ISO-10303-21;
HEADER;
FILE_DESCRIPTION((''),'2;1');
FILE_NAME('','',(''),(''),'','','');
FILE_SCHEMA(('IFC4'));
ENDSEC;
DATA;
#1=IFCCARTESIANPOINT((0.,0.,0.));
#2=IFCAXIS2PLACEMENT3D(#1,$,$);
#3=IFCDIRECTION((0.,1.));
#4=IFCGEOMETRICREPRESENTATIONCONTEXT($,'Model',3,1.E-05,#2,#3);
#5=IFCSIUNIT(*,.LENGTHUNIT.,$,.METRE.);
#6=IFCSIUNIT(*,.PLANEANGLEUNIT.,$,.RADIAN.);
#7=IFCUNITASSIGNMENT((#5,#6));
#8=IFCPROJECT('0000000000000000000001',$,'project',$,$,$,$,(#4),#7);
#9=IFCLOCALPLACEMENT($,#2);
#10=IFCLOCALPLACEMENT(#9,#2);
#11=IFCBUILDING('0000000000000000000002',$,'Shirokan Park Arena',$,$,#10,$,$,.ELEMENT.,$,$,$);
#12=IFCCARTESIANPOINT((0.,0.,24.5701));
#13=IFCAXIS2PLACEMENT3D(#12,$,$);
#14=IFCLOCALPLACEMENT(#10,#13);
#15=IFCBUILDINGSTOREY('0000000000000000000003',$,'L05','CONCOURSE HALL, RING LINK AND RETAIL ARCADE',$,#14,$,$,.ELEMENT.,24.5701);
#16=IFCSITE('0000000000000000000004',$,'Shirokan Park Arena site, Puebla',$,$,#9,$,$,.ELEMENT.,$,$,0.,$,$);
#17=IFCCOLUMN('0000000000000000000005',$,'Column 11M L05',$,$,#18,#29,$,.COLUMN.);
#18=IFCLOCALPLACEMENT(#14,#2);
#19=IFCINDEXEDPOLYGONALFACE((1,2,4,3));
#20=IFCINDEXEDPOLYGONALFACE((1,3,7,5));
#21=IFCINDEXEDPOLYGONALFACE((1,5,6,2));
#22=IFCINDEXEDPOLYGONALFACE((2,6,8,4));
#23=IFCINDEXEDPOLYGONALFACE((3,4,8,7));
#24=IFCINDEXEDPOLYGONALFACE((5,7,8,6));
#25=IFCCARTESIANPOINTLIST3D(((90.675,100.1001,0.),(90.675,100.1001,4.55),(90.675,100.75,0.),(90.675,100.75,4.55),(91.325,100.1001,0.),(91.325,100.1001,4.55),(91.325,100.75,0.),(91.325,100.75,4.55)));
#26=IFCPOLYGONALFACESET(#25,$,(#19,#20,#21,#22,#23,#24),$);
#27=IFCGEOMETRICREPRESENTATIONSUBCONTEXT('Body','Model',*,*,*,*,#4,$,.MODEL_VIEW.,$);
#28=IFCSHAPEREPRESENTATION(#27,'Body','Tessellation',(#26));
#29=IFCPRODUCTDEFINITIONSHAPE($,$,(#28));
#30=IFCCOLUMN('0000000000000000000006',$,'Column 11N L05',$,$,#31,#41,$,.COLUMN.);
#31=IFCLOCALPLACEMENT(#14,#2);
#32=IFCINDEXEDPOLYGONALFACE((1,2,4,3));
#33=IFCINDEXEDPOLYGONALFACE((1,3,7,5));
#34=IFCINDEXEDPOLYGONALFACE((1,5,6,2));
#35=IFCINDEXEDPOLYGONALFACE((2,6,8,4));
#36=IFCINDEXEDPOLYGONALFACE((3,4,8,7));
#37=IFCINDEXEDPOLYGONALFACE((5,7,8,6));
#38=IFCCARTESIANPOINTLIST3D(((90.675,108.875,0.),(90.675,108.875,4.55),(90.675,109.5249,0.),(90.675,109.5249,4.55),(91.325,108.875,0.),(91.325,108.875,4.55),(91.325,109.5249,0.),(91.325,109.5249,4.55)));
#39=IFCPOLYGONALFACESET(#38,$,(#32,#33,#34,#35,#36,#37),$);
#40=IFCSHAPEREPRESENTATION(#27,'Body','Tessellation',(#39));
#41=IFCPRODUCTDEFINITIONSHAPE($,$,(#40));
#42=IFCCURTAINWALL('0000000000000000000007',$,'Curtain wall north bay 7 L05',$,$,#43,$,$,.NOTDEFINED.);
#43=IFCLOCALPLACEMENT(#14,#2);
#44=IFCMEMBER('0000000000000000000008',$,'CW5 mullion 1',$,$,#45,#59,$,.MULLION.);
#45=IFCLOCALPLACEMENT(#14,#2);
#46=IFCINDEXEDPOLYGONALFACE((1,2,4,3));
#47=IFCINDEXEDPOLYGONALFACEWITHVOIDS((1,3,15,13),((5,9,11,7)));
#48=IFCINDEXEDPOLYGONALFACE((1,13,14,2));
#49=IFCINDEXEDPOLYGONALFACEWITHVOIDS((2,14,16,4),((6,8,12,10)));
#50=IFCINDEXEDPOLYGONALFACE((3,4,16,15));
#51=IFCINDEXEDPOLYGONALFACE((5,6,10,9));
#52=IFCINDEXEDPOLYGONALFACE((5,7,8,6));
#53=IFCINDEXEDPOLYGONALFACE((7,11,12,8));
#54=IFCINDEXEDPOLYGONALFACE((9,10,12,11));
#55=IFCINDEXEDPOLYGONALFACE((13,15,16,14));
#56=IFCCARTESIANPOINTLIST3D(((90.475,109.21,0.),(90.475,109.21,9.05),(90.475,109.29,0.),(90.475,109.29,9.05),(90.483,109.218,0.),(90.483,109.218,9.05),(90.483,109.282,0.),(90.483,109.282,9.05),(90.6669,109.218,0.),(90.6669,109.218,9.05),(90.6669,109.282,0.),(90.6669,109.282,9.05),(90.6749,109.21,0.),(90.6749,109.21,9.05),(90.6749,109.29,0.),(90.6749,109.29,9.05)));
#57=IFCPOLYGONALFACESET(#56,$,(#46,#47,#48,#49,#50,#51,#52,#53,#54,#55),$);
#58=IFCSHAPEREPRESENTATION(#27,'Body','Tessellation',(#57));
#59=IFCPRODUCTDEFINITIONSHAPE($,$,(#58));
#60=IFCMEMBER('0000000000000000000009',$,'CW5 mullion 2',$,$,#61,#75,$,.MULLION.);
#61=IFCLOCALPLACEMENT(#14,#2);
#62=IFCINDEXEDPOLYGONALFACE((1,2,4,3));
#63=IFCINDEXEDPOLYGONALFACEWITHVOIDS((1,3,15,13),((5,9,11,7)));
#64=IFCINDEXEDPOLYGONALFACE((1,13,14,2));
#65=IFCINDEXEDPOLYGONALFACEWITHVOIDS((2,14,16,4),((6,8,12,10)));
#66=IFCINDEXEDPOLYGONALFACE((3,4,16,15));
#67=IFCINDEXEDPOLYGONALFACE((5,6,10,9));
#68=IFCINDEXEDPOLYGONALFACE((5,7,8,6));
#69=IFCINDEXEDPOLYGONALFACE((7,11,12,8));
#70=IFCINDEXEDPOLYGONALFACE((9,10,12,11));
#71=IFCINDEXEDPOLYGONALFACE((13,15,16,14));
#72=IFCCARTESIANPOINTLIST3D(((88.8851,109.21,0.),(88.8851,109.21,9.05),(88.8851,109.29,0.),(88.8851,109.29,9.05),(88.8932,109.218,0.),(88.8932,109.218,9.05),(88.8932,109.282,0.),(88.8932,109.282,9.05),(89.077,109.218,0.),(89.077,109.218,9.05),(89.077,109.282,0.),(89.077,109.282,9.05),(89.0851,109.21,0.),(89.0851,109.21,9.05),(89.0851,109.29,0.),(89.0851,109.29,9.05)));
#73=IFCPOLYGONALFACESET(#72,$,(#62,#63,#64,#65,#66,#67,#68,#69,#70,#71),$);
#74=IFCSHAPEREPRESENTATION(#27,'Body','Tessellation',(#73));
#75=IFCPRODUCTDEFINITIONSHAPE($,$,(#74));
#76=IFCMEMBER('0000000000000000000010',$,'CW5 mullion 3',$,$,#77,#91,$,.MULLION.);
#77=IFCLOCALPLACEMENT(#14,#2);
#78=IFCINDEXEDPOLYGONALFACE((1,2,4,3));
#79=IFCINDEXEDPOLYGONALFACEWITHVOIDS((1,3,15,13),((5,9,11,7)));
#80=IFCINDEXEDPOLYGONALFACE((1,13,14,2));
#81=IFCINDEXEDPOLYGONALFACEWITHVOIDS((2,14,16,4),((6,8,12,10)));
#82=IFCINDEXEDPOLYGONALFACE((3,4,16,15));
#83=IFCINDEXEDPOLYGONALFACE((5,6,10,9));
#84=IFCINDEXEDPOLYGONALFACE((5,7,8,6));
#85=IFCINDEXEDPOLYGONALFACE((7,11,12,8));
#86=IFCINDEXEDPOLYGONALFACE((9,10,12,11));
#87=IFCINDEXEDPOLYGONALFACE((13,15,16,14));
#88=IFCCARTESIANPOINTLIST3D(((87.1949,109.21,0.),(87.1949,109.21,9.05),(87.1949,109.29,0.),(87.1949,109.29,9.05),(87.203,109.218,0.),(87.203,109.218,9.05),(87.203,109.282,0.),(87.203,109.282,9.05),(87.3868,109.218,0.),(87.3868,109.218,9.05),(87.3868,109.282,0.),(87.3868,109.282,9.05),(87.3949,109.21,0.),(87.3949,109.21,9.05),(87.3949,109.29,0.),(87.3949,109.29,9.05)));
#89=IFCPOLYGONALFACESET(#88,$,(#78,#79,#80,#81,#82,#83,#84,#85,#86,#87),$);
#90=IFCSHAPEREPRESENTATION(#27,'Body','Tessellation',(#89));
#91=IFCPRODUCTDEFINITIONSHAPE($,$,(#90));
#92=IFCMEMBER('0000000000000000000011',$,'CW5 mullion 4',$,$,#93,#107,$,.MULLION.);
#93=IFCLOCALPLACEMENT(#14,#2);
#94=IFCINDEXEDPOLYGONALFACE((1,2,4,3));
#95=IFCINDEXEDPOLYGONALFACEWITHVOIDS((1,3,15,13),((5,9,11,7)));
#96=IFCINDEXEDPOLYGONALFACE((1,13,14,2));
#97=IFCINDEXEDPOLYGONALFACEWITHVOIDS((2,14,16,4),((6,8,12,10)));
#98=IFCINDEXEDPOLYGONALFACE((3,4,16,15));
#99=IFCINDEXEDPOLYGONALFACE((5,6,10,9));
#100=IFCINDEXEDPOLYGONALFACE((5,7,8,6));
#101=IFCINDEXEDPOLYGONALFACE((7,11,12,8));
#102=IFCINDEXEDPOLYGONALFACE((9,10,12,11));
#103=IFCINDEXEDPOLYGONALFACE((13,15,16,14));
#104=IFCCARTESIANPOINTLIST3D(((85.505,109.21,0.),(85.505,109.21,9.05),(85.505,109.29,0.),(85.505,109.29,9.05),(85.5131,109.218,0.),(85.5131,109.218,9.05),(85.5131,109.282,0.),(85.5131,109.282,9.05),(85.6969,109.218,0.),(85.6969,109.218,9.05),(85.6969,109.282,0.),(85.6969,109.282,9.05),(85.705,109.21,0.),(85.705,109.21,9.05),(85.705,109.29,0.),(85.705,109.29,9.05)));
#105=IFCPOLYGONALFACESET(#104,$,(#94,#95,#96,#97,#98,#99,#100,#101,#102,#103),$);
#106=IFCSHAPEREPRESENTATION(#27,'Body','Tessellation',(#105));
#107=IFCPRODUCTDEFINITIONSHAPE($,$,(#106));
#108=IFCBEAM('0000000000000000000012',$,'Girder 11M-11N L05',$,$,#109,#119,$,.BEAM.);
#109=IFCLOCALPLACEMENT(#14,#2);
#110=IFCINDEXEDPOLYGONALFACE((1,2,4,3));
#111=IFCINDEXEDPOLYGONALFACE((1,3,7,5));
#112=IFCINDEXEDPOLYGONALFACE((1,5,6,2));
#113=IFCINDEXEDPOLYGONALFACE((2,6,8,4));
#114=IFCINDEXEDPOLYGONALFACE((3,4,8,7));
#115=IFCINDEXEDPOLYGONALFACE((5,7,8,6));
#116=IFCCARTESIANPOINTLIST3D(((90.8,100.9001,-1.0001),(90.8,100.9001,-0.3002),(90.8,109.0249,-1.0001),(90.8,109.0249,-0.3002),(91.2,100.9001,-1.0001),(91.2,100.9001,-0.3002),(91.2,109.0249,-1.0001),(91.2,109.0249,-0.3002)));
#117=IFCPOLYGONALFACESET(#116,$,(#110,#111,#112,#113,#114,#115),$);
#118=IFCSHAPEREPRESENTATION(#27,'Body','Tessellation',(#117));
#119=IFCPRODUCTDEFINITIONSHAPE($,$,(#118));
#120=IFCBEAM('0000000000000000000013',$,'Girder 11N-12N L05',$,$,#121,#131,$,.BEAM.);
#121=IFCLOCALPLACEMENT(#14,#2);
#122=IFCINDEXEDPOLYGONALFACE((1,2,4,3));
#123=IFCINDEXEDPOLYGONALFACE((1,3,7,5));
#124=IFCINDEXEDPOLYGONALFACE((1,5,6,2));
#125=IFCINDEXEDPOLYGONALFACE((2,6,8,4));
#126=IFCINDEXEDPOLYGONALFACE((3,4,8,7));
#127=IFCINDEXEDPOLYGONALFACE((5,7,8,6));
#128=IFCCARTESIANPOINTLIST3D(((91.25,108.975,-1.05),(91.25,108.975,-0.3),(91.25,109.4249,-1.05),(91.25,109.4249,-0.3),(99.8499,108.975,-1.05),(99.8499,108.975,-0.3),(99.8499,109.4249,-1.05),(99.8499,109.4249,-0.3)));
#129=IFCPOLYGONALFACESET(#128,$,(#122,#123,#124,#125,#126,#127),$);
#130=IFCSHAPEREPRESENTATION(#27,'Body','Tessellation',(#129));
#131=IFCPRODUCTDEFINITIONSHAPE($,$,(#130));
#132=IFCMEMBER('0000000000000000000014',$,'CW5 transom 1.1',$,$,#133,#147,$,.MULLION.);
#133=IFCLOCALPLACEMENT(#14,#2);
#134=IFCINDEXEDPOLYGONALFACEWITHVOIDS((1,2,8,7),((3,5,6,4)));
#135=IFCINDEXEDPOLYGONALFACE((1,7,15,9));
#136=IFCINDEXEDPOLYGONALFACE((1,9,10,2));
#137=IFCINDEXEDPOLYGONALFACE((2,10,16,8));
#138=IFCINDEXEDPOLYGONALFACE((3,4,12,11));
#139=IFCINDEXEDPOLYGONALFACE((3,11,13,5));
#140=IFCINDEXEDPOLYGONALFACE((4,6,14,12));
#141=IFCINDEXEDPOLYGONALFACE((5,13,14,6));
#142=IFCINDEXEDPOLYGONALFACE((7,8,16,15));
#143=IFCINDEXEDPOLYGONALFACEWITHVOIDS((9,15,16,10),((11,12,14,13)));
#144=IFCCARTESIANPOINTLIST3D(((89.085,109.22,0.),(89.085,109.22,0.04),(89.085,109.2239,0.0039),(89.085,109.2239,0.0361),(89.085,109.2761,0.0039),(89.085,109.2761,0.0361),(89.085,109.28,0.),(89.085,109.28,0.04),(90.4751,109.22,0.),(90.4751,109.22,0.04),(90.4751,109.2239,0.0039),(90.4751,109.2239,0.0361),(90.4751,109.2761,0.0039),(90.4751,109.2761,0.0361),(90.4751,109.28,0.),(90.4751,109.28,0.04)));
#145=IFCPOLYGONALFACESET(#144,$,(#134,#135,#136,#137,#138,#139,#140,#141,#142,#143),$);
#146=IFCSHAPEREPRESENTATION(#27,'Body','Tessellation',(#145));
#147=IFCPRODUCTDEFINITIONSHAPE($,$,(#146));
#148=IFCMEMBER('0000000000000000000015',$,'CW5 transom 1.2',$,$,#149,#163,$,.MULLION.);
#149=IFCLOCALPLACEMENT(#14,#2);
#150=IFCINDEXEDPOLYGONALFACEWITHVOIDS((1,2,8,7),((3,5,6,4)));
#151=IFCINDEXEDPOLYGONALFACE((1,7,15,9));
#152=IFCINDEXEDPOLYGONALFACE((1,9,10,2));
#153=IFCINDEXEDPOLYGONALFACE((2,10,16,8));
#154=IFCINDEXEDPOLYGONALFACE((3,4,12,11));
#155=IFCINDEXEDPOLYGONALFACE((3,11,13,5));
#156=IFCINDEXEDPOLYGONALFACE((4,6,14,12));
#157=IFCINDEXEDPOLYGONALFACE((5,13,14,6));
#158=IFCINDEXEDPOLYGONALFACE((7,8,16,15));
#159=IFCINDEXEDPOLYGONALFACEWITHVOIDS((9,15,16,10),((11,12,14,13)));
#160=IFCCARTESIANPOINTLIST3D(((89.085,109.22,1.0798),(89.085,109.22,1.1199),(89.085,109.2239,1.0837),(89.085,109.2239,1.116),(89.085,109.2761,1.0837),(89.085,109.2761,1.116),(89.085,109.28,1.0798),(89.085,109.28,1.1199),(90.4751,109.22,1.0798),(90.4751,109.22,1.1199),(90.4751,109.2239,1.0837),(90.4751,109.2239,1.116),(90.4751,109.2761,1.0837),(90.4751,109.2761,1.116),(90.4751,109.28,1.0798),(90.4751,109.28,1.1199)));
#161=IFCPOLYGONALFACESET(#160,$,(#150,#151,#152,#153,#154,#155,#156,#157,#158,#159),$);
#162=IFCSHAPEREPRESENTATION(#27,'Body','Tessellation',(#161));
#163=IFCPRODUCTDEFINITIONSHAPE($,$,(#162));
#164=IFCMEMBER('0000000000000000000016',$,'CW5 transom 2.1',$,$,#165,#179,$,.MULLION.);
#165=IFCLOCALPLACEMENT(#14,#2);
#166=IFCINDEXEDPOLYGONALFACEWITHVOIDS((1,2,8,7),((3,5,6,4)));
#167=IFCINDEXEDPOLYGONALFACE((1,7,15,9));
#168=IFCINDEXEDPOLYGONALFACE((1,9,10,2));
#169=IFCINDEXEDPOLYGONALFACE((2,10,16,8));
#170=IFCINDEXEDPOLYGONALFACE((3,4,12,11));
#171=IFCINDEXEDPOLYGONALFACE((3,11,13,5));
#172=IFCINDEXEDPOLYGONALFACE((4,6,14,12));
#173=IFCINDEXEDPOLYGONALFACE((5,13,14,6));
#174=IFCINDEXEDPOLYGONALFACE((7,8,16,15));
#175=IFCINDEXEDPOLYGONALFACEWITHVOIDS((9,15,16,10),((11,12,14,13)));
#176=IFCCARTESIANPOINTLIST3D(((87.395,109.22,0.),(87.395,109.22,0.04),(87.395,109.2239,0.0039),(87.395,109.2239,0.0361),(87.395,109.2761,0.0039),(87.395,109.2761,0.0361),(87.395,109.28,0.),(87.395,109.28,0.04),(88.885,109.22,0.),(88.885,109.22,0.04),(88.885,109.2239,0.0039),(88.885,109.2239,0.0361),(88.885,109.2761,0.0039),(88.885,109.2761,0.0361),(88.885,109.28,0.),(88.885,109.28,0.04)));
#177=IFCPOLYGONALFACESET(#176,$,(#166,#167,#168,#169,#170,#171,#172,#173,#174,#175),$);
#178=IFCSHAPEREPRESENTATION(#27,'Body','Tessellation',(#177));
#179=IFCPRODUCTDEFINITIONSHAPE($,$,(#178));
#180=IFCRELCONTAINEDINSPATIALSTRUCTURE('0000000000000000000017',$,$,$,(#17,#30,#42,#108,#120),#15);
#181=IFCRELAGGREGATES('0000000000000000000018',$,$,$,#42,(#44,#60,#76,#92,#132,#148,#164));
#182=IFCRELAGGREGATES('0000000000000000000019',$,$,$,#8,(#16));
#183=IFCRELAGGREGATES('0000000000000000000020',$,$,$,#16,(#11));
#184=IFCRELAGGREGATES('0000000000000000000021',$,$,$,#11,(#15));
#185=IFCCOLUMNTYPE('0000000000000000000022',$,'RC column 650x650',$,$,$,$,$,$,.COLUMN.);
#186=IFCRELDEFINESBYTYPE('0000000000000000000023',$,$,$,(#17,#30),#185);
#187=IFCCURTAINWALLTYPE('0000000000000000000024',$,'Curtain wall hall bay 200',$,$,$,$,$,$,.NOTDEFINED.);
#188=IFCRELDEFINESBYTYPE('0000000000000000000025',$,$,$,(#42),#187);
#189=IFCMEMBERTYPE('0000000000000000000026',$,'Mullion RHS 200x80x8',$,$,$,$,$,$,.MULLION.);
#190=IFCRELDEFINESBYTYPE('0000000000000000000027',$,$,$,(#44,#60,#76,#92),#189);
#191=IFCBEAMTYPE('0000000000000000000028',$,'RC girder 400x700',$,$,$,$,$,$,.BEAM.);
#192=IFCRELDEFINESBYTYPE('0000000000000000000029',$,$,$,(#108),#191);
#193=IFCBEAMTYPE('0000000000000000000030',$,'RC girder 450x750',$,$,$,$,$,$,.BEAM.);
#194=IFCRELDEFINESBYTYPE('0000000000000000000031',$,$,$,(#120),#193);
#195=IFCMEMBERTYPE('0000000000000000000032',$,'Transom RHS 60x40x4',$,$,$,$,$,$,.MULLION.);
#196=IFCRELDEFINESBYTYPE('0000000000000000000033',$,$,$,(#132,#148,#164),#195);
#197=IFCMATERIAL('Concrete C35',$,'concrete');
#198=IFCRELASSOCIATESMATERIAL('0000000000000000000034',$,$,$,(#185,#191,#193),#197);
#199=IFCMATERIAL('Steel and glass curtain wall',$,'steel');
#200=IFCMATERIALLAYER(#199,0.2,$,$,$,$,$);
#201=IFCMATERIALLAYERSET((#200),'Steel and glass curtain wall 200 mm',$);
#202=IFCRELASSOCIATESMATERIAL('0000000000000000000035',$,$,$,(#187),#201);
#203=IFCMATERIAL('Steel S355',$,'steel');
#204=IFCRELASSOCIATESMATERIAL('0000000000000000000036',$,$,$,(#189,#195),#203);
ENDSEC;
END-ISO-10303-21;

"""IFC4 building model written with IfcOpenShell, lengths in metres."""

from ifc_helpers import new_model, si_unit, direction, frame, origin, origin_2d, place, context, subcontext, project, spatial, rectangle, hollow_rectangle, extrude, material, layer, layer_set, material_profile, profile_set, type_object, element, aggregate, save


model = new_model("IFC4")

# Units and contexts
model_context = context("Model", 3, precision=1e-05, world=origin(), true_north=direction((0.0, 1.0)))
body_context = subcontext(model_context, "Body", "Model", "MODEL_VIEW")
ifc_project = project(units=[si_unit("LENGTHUNIT", "METRE"), si_unit("PLANEANGLEUNIT", "RADIAN")], contexts=[model_context])

# Site, building, storey
site_placement = place(None, origin())
site = spatial("IfcSite", under=ifc_project, at=site_placement, Name="Shirokan Park Arena site, Puebla", CompositionType="ELEMENT", RefElevation=0.0)
building_placement = place(site_placement, origin())
building = spatial("IfcBuilding", under=site, at=building_placement, Name="Shirokan Park Arena", CompositionType="ELEMENT")
storey_placement = place(building_placement, frame((0.0, 0.0, 24.5701)))
storey = spatial("IfcBuildingStorey", under=building, at=storey_placement, Name="L05", Description="CONCOURSE HALL, RING LINK AND RETAIL ARCADE", CompositionType="ELEMENT", Elevation=24.5701)

# Columns
ifc_material_1 = material(Name="Concrete C35", Category="concrete")
ifc_material_profile_1 = material_profile(ifc_material_1, rectangle(XDim=0.6499, YDim=0.6499, at=origin_2d()), Name="650x650")
ifc_profile_set_1 = profile_set([ifc_material_profile_1], Name="Concrete C35")
column_type = type_object("IfcColumnType", Name="RC column 650x650", PredefinedType="COLUMN", material=ifc_profile_set_1)
for number, where, z_axis, x_axis, name in (
    (1, (91.0, 100.425, 0.0), (0.0, 0.0, 1.0), (1.0, 0.0, 0.0), "Column 11M L05"),
    (2, (91.0, 109.2, 0.0), (0.0, 0.0, 1.0), (1.0, 0.0, 0.0), "Column 11N L05"),
):
    element("IfcColumn", number, at=place(storey_placement, frame(where, z_axis=z_axis, x_axis=x_axis)), inside=storey, type_object=column_type, Name=name, PredefinedType="COLUMN", context=body_context, shape_type="SweptSolid", body=[
        extrude(rectangle(XDim=0.6499, YDim=0.6499, at=origin_2d()), origin(), (0.0, 0.0, 1.0), 4.55),
    ])

# Curtain wall, members
ifc_material_2 = material(Name="Steel and glass curtain wall", Category="steel")
ifc_layer_1 = layer(ifc_material_2, 0.2)
ifc_layer_set_1 = layer_set([ifc_layer_1], Name="Steel and glass curtain wall 200 mm")
curtain_wall_type = type_object("IfcCurtainWallType", Name="Curtain wall hall bay 200", PredefinedType="NOTDEFINED", material=ifc_layer_set_1)
curtain_wall_placement = place(storey_placement, origin())
curtain_wall = element("IfcCurtainWall", 3, at=curtain_wall_placement, inside=storey, type_object=curtain_wall_type, Name="Curtain wall north bay 7 L05", PredefinedType="NOTDEFINED")
ifc_material_3 = material(Name="Steel S355", Category="steel")
ifc_material_profile_2 = material_profile(ifc_material_3, hollow_rectangle(XDim=0.0801, YDim=0.2, WallThickness=0.0081, at=origin_2d()), Name="RHS 200x80x8")
ifc_profile_set_2 = profile_set([ifc_material_profile_2], Name="Steel S355")
member_type_1 = type_object("IfcMemberType", Name="Mullion RHS 200x80x8", PredefinedType="MULLION", material=ifc_profile_set_2)
member_1_placement = place(storey_placement, frame((90.575, 109.25, 0.0), z_axis=(0.0, 0.0, 1.0), x_axis=(0.0, -1.0, 0.0)))
member_1 = element("IfcMember", 4, at=member_1_placement, type_object=member_type_1, Name="CW5 mullion 1", PredefinedType="MULLION", context=body_context, shape_type="SweptSolid", body=[
    extrude(hollow_rectangle(XDim=0.0801, YDim=0.2, WallThickness=0.0081, at=origin_2d()), origin(), (0.0, 0.0, 1.0), 9.05),
])
member_2_placement = place(storey_placement, frame((88.9851, 109.25, 0.0), z_axis=(0.0, 0.0, 1.0), x_axis=(0.0, -1.0, 0.0)))
member_2 = element("IfcMember", 5, at=member_2_placement, type_object=member_type_1, Name="CW5 mullion 2", PredefinedType="MULLION", context=body_context, shape_type="SweptSolid", body=[
    extrude(hollow_rectangle(XDim=0.0801, YDim=0.2, WallThickness=0.0081, at=origin_2d()), origin(), (0.0, 0.0, 1.0), 9.05),
])
member_3_placement = place(storey_placement, frame((87.2949, 109.25, 0.0), z_axis=(0.0, 0.0, 1.0), x_axis=(0.0, -1.0, 0.0)))
member_3 = element("IfcMember", 6, at=member_3_placement, type_object=member_type_1, Name="CW5 mullion 3", PredefinedType="MULLION", context=body_context, shape_type="SweptSolid", body=[
    extrude(hollow_rectangle(XDim=0.0801, YDim=0.2, WallThickness=0.0081, at=origin_2d()), origin(), (0.0, 0.0, 1.0), 9.05),
])
member_4_placement = place(storey_placement, frame((85.605, 109.25, 0.0), z_axis=(0.0, 0.0, 1.0), x_axis=(0.0, -1.0, 0.0)))
member_4 = element("IfcMember", 7, at=member_4_placement, type_object=member_type_1, Name="CW5 mullion 4", PredefinedType="MULLION", context=body_context, shape_type="SweptSolid", body=[
    extrude(hollow_rectangle(XDim=0.0801, YDim=0.2, WallThickness=0.0081, at=origin_2d()), origin(), (0.0, 0.0, 1.0), 9.05),
])

# Beams
ifc_material_profile_3 = material_profile(ifc_material_1, rectangle(XDim=0.3999, YDim=0.7, at=origin_2d()), Name="400x700")
ifc_profile_set_3 = profile_set([ifc_material_profile_3], Name="Concrete C35")
beam_type_1 = type_object("IfcBeamType", Name="RC girder 400x700", PredefinedType="BEAM", material=ifc_profile_set_3)
beam_1_placement = place(storey_placement, frame((91.0, 100.9001, -0.6501), z_axis=(0.0, 1.0, 0.0), x_axis=(-1.0, 0.0, 0.0)))
element("IfcBeam", 8, at=beam_1_placement, inside=storey, type_object=beam_type_1, Name="Girder 11M-11N L05", PredefinedType="BEAM", context=body_context, shape_type="SweptSolid", body=[
    extrude(rectangle(XDim=0.3999, YDim=0.7, at=origin_2d()), origin(), (0.0, 0.0, 1.0), 8.1248),
])
ifc_material_profile_4 = material_profile(ifc_material_1, rectangle(XDim=0.45, YDim=0.75, at=origin_2d()), Name="450x750")
ifc_profile_set_4 = profile_set([ifc_material_profile_4], Name="Concrete C35")
beam_type_2 = type_object("IfcBeamType", Name="RC girder 450x750", PredefinedType="BEAM", material=ifc_profile_set_4)
beam_2_placement = place(storey_placement, frame((91.25, 109.2, -0.675), z_axis=(1.0, 0.0, 0.0), x_axis=(0.0, 1.0, 0.0)))
element("IfcBeam", 9, at=beam_2_placement, inside=storey, type_object=beam_type_2, Name="Girder 11N-12N L05", PredefinedType="BEAM", context=body_context, shape_type="SweptSolid", body=[
    extrude(rectangle(XDim=0.45, YDim=0.75, at=origin_2d()), origin(), (0.0, 0.0, 1.0), 8.5999),
])

# Members
ifc_material_profile_5 = material_profile(ifc_material_3, hollow_rectangle(XDim=0.0601, YDim=0.04, WallThickness=0.0039, at=origin_2d()), Name="RHS 60x40x4")
ifc_profile_set_5 = profile_set([ifc_material_profile_5], Name="Steel S355")
member_type_2 = type_object("IfcMemberType", Name="Transom RHS 60x40x4", PredefinedType="MULLION", material=ifc_profile_set_5)
member_5_placement = place(storey_placement, frame((90.4751, 109.25, 0.02), z_axis=(-1.0, 0.0, 0.0), x_axis=(0.0, -1.0, 0.0)))
member_5 = element("IfcMember", 10, at=member_5_placement, type_object=member_type_2, Name="CW5 transom 1.1", PredefinedType="MULLION", context=body_context, shape_type="SweptSolid", body=[
    extrude(hollow_rectangle(XDim=0.0601, YDim=0.04, WallThickness=0.0039, at=origin_2d()), origin(), (0.0, 0.0, 1.0), 1.3901),
])
member_6_placement = place(storey_placement, frame((90.4751, 109.25, 1.0999), z_axis=(-1.0, 0.0, 0.0), x_axis=(0.0, -1.0, 0.0)))
member_6 = element("IfcMember", 11, at=member_6_placement, type_object=member_type_2, Name="CW5 transom 1.2", PredefinedType="MULLION", context=body_context, shape_type="SweptSolid", body=[
    extrude(hollow_rectangle(XDim=0.0601, YDim=0.04, WallThickness=0.0039, at=origin_2d()), origin(), (0.0, 0.0, 1.0), 1.3901),
])
member_7_placement = place(storey_placement, frame((88.885, 109.25, 0.02), z_axis=(-1.0, 0.0, 0.0), x_axis=(0.0, -1.0, 0.0)))
member_7 = element("IfcMember", 12, at=member_7_placement, type_object=member_type_2, Name="CW5 transom 2.1", PredefinedType="MULLION", context=body_context, shape_type="SweptSolid", body=[
    extrude(hollow_rectangle(XDim=0.0601, YDim=0.04, WallThickness=0.0039, at=origin_2d()), origin(), (0.0, 0.0, 1.0), 1.49),
])

aggregate(curtain_wall, [member_1, member_2, member_3, member_4, member_5, member_6, member_7])

save(model, "model.ifc")
